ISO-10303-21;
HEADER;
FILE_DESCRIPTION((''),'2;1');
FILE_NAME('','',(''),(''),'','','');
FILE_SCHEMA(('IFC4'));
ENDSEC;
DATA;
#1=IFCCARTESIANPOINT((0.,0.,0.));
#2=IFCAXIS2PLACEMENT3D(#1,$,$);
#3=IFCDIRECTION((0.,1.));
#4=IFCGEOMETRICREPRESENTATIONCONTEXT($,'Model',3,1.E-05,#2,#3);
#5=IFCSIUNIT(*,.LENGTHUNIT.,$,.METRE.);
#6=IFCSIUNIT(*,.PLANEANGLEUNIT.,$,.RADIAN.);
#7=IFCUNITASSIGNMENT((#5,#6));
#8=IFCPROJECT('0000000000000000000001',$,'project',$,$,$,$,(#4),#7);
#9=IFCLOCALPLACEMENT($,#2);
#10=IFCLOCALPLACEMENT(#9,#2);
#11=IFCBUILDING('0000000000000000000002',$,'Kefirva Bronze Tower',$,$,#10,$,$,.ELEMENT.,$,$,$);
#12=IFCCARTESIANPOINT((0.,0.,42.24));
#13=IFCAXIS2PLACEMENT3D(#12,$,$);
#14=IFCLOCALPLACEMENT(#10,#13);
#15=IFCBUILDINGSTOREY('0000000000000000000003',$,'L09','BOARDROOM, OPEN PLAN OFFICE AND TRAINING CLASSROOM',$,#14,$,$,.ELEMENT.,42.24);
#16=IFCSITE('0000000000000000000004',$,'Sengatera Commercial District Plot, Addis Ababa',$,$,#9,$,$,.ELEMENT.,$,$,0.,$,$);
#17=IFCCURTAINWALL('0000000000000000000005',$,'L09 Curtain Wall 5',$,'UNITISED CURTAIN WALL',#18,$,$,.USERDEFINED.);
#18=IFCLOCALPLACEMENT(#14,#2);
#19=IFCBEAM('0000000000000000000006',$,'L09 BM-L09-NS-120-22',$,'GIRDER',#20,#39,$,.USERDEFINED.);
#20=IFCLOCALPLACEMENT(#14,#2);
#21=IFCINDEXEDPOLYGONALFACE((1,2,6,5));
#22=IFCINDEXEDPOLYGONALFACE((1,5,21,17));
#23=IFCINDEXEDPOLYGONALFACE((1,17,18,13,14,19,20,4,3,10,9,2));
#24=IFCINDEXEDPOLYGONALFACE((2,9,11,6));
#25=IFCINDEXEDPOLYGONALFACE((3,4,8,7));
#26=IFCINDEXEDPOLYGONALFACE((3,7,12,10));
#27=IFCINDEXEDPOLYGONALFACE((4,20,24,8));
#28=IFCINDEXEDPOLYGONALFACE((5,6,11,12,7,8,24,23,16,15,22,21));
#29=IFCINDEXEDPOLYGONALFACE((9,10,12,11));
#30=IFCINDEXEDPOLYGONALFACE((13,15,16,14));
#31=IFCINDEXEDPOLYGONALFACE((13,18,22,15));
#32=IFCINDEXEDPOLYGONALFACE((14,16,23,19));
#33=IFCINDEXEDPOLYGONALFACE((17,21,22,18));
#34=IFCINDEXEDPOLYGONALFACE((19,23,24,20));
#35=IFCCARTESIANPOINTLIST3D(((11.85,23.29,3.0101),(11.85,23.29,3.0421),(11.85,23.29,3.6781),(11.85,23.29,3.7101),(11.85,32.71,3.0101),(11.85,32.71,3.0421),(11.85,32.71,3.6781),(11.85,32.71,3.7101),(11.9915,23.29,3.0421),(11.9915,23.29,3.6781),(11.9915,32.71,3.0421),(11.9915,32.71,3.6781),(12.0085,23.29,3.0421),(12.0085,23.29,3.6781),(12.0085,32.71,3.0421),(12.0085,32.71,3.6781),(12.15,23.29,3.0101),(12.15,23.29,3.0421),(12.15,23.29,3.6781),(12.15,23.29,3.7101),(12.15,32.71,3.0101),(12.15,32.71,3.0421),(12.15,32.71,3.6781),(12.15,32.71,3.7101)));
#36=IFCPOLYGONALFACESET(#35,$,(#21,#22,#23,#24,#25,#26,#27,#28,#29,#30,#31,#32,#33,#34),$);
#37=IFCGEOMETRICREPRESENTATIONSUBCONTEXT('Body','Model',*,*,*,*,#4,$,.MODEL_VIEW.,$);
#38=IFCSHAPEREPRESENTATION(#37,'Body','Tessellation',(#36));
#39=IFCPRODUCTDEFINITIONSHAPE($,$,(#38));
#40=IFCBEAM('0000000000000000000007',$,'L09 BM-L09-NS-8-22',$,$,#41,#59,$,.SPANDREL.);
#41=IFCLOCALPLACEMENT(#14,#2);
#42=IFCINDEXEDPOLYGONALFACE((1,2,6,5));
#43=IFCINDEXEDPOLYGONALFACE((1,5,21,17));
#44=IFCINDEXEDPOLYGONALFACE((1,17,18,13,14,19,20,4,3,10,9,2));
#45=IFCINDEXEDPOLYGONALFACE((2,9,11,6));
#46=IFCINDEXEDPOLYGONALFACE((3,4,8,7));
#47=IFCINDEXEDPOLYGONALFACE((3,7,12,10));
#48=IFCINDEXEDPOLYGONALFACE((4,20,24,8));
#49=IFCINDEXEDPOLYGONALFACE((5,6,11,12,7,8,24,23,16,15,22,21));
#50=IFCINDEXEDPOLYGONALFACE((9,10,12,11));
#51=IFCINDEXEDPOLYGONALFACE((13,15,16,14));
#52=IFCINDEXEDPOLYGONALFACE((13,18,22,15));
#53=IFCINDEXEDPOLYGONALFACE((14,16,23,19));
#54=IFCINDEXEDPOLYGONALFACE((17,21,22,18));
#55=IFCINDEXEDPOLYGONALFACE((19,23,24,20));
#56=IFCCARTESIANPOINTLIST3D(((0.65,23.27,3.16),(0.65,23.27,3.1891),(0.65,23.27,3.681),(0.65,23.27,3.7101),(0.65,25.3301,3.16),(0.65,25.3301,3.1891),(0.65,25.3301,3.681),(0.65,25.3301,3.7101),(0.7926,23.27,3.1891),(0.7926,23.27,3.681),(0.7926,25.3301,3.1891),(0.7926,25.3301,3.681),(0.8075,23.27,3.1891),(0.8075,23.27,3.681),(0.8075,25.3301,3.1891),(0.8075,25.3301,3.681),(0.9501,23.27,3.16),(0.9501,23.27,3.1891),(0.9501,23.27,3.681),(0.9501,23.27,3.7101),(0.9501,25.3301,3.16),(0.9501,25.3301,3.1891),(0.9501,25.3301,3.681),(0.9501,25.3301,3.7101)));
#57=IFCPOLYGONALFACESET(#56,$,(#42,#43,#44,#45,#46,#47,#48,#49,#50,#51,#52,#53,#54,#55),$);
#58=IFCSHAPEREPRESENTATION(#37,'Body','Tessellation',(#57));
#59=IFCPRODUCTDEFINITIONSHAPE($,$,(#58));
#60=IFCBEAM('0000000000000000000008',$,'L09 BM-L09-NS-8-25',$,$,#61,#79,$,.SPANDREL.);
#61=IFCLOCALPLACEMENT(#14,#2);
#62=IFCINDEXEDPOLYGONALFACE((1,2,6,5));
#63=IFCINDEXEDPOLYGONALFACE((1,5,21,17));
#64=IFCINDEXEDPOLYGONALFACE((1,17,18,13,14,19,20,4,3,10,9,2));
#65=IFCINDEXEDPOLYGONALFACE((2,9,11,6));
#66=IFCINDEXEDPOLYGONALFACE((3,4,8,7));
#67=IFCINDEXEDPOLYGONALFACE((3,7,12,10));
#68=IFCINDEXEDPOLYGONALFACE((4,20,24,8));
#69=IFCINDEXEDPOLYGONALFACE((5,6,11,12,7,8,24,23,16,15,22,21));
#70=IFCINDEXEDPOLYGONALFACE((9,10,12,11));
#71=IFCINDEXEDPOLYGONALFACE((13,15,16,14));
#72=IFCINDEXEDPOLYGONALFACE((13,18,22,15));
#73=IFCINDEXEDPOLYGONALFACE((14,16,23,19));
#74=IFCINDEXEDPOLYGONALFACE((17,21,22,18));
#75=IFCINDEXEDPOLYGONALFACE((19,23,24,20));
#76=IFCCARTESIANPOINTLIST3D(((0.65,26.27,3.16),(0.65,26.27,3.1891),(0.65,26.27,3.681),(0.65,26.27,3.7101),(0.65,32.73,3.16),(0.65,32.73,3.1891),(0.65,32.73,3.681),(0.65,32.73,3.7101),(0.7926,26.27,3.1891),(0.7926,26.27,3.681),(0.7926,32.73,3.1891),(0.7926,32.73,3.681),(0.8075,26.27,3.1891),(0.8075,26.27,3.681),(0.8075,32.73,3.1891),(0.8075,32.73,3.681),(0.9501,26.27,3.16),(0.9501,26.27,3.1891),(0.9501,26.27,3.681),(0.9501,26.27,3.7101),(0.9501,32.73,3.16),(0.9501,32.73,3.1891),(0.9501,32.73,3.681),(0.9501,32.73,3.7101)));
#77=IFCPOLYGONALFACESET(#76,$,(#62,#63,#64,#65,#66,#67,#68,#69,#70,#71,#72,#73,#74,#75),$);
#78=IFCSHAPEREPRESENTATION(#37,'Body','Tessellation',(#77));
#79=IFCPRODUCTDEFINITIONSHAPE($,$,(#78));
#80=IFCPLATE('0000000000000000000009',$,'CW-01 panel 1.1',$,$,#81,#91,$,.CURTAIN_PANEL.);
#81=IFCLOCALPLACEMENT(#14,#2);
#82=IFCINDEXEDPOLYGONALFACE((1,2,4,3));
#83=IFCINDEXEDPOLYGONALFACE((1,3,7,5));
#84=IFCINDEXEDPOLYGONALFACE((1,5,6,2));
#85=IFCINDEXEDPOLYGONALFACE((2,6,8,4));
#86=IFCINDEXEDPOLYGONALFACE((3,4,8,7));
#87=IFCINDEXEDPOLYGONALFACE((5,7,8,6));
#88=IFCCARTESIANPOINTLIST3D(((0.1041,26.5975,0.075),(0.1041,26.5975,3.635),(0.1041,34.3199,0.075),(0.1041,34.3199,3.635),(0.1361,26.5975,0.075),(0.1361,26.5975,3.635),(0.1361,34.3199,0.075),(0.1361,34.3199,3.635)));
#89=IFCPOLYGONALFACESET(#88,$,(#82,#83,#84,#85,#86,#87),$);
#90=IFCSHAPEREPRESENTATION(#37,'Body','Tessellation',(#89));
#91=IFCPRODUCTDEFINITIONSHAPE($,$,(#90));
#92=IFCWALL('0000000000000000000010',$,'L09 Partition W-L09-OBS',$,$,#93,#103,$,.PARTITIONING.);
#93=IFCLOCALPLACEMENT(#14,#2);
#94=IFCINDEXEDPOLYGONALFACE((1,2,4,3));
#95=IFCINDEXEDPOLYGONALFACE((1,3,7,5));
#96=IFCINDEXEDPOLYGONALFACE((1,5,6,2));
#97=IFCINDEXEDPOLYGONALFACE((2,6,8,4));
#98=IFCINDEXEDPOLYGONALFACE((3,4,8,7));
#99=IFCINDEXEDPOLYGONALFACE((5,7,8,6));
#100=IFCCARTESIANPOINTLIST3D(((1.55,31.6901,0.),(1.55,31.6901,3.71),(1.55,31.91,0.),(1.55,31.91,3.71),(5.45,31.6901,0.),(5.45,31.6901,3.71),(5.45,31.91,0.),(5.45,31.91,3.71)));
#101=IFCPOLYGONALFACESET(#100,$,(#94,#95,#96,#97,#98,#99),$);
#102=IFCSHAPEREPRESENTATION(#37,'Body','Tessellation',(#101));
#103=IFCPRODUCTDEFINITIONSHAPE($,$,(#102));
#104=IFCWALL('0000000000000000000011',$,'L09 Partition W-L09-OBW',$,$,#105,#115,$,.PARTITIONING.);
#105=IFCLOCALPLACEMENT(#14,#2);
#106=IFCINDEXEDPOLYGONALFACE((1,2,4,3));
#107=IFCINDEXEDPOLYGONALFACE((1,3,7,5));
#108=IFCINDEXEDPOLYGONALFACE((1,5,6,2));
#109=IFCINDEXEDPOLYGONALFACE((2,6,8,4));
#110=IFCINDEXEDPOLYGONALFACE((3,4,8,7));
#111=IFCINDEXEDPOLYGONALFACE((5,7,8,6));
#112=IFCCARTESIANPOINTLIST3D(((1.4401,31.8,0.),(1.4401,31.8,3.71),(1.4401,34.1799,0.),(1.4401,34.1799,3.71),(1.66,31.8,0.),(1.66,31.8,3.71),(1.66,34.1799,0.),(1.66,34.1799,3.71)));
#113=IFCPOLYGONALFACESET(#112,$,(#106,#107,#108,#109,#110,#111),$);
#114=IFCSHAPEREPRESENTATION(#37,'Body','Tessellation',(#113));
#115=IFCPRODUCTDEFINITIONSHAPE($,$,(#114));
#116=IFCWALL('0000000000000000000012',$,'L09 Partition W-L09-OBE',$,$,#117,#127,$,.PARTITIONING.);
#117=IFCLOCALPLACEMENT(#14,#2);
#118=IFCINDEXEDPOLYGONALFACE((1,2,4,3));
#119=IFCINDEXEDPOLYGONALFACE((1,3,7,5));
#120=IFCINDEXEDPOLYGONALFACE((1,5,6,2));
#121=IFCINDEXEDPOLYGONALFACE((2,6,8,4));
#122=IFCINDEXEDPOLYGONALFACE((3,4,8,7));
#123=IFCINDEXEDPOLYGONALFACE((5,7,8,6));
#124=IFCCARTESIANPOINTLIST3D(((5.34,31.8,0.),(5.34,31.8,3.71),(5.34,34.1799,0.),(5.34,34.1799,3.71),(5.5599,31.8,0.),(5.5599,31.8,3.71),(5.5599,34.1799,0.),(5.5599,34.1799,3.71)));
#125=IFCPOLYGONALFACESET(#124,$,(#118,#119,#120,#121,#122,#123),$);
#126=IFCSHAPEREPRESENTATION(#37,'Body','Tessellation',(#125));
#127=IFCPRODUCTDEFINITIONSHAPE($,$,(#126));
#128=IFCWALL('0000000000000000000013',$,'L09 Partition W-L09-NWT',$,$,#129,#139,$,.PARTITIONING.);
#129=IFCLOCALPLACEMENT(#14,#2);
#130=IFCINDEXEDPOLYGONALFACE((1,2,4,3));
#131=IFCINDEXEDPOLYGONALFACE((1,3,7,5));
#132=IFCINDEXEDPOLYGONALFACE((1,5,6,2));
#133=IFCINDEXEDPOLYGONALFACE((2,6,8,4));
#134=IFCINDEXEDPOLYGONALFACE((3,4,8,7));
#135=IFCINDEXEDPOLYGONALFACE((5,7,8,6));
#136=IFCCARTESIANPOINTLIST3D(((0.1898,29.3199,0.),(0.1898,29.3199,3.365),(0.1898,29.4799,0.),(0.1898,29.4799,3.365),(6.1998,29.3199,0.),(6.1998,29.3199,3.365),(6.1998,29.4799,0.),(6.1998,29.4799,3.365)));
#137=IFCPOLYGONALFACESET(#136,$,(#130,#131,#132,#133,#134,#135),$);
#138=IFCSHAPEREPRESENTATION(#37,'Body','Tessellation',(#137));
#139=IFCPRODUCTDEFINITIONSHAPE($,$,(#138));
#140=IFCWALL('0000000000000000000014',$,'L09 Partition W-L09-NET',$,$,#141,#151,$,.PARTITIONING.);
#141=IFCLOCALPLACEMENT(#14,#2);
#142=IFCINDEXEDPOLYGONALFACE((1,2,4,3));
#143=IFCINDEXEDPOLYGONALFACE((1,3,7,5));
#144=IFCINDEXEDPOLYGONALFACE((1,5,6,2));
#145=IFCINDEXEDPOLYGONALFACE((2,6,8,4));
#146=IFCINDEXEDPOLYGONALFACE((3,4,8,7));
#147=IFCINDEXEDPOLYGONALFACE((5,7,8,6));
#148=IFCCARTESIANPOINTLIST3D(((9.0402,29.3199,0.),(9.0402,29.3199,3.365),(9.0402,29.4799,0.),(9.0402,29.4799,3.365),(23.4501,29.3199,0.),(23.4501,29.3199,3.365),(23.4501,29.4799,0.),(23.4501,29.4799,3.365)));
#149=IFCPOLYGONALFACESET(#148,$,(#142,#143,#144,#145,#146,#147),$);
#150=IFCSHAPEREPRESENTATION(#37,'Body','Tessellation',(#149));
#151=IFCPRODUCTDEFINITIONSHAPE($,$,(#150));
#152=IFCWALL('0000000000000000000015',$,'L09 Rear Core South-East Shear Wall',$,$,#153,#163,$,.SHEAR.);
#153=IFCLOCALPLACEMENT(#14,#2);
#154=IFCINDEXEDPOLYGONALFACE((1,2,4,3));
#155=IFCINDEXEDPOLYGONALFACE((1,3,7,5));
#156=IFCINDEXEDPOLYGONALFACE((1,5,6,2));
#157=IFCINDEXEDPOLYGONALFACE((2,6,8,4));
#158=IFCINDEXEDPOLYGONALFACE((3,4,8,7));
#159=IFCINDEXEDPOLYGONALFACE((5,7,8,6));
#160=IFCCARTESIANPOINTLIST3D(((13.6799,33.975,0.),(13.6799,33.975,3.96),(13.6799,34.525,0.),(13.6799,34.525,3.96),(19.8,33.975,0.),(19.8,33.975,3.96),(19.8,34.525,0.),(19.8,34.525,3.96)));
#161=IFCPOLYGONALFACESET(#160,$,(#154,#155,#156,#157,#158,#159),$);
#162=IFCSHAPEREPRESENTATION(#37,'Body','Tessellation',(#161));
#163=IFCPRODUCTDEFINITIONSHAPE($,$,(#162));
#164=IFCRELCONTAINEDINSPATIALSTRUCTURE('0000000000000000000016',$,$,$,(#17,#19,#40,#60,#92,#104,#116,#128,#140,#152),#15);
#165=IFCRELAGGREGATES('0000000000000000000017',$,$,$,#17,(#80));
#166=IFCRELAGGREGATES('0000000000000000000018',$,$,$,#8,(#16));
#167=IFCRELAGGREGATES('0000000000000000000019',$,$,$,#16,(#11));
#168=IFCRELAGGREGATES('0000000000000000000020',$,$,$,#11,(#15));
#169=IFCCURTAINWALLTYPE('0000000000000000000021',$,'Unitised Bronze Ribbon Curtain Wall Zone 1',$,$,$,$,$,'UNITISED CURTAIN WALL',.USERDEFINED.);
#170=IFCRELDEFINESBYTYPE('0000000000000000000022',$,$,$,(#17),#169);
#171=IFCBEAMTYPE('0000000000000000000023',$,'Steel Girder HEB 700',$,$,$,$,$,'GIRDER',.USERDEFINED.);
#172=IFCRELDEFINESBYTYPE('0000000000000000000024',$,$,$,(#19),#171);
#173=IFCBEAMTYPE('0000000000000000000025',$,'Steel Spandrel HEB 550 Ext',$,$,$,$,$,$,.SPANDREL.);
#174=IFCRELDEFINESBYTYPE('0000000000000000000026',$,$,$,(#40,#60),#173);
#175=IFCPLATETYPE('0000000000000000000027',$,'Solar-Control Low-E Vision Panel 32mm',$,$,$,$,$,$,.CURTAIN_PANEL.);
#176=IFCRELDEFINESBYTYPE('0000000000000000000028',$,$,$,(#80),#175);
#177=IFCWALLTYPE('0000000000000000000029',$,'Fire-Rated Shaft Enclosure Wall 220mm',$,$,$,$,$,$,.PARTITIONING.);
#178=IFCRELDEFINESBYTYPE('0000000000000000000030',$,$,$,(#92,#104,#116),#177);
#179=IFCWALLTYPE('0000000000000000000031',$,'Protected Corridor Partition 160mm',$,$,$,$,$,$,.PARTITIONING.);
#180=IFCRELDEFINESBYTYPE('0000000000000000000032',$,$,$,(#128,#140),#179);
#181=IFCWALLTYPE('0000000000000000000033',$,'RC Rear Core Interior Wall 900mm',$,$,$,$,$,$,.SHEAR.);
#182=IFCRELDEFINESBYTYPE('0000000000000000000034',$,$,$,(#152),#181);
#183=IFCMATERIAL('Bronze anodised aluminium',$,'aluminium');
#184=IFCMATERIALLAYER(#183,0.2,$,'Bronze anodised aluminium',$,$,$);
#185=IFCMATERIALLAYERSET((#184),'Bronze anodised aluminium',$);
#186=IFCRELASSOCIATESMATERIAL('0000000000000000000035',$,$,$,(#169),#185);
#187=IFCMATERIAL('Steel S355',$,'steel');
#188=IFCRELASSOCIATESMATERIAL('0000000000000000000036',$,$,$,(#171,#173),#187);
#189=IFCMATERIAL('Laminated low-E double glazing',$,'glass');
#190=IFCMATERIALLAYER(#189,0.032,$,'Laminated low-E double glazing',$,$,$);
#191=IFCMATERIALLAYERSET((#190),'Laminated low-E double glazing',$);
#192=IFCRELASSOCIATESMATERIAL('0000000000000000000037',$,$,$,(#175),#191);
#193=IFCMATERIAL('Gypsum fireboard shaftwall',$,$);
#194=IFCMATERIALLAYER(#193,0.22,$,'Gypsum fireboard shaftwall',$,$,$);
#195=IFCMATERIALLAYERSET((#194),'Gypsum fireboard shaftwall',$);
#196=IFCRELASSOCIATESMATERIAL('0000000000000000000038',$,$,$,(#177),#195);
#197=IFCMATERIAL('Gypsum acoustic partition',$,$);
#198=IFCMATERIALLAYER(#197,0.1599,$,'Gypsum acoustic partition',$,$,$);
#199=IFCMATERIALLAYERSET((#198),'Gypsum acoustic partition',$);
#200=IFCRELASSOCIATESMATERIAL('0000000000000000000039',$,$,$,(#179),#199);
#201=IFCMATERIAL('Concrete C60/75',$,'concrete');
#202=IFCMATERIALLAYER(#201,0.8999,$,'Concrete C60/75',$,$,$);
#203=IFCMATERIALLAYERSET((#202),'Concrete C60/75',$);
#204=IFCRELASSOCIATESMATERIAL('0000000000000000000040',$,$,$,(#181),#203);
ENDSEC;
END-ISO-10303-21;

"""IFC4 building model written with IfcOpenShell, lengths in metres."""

from ifc_helpers import new_model, si_unit, direction, frame, frame_2d, origin, origin_2d, place, context, subcontext, project, spatial, rectangle, i_section, extrude, material, layer, layer_set, material_profile, profile_set, type_object, element, aggregate, save


model = new_model("IFC4")

# Units and contexts
model_context = context("Model", 3, precision=1e-05, world=origin(), true_north=direction((0.0, 1.0)))
body_context = subcontext(model_context, "Body", "Model", "MODEL_VIEW")
ifc_project = project(units=[si_unit("LENGTHUNIT", "METRE"), si_unit("PLANEANGLEUNIT", "RADIAN")], contexts=[model_context])

# Site, building, storey
site_placement = place(None, origin())
site = spatial("IfcSite", under=ifc_project, at=site_placement, Name="Sengatera Commercial District Plot, Addis Ababa", CompositionType="ELEMENT", RefElevation=0.0)
building_placement = place(site_placement, origin())
building = spatial("IfcBuilding", under=site, at=building_placement, Name="Kefirva Bronze Tower", CompositionType="ELEMENT")
storey_placement = place(building_placement, frame((0.0, 0.0, 42.24)))
storey = spatial("IfcBuildingStorey", under=building, at=storey_placement, Name="L09", Description="BOARDROOM, OPEN PLAN OFFICE AND TRAINING CLASSROOM", CompositionType="ELEMENT", Elevation=42.24)

# Shared definitions
ifc_material_1 = material(Name="Concrete C60/75", Category="concrete")

# Curtain wall
ifc_material_2 = material(Name="Bronze anodised aluminium", Category="aluminium")
ifc_layer_1 = layer(ifc_material_2, 0.2, Name="Bronze anodised aluminium")
ifc_layer_set_1 = layer_set([ifc_layer_1], Name="Bronze anodised aluminium")
curtain_wall_type = type_object("IfcCurtainWallType", Name="Unitised Bronze Ribbon Curtain Wall Zone 1", ElementType="UNITISED CURTAIN WALL", PredefinedType="USERDEFINED", material=ifc_layer_set_1)
curtain_wall_placement = place(storey_placement, origin())
curtain_wall = element("IfcCurtainWall", 1, at=curtain_wall_placement, inside=storey, type_object=curtain_wall_type, Name="L09 Curtain Wall 5", ObjectType="UNITISED CURTAIN WALL", PredefinedType="USERDEFINED")

# Beams
ifc_material_3 = material(Name="Steel S355", Category="steel")
ifc_material_profile_1 = material_profile(ifc_material_3, i_section(OverallWidth=0.3, OverallDepth=0.7, WebThickness=0.0171, FlangeThickness=0.032, at=origin_2d()), Name="HEB 700")
ifc_profile_set_1 = profile_set([ifc_material_profile_1], Name="Steel S355")
beam_type_1 = type_object("IfcBeamType", Name="Steel Girder HEB 700", ElementType="GIRDER", PredefinedType="USERDEFINED", material=ifc_profile_set_1)
beam_1_placement = place(storey_placement, frame((12.0, 23.29, 3.3601), z_axis=(0.0, 1.0, 0.0), x_axis=(-1.0, 0.0, 0.0)))
element("IfcBeam", 2, at=beam_1_placement, inside=storey, type_object=beam_type_1, Name="L09 BM-L09-NS-120-22", ObjectType="GIRDER", PredefinedType="USERDEFINED", context=body_context, shape_type="SweptSolid", body=[
    extrude(i_section(OverallWidth=0.3, OverallDepth=0.7, WebThickness=0.0171, FlangeThickness=0.032, at=origin_2d()), origin(), (0.0, 0.0, 1.0), 9.4199),
])
ifc_material_profile_2 = material_profile(ifc_material_3, i_section(OverallWidth=0.3, OverallDepth=0.55, WebThickness=0.0149, FlangeThickness=0.0291, at=origin_2d()), Name="HEB 550")
ifc_profile_set_2 = profile_set([ifc_material_profile_2], Name="Steel S355")
beam_type_2 = type_object("IfcBeamType", Name="Steel Spandrel HEB 550 Ext", PredefinedType="SPANDREL", material=ifc_profile_set_2)
beam_2_placement = place(storey_placement, frame((0.8, 23.27, 3.4351), z_axis=(0.0, 1.0, 0.0), x_axis=(-1.0, 0.0, 0.0)))
element("IfcBeam", 3, at=beam_2_placement, inside=storey, type_object=beam_type_2, Name="L09 BM-L09-NS-8-22", PredefinedType="SPANDREL", context=body_context, shape_type="SweptSolid", body=[
    extrude(i_section(OverallWidth=0.3, OverallDepth=0.55, WebThickness=0.0149, FlangeThickness=0.0291, at=origin_2d()), origin(), (0.0, 0.0, 1.0), 2.0601),
])
beam_3_placement = place(storey_placement, frame((0.8, 26.27, 3.4351), z_axis=(0.0, 1.0, 0.0), x_axis=(-1.0, 0.0, 0.0)))
element("IfcBeam", 4, at=beam_3_placement, inside=storey, type_object=beam_type_2, Name="L09 BM-L09-NS-8-25", PredefinedType="SPANDREL", context=body_context, shape_type="SweptSolid", body=[
    extrude(i_section(OverallWidth=0.3, OverallDepth=0.55, WebThickness=0.0149, FlangeThickness=0.0291, at=origin_2d()), origin(), (0.0, 0.0, 1.0), 6.46),
])

# Plate
ifc_material_4 = material(Name="Laminated low-E double glazing", Category="glass")
ifc_layer_2 = layer(ifc_material_4, 0.032, Name="Laminated low-E double glazing")
ifc_layer_set_2 = layer_set([ifc_layer_2], Name="Laminated low-E double glazing")
plate_type = type_object("IfcPlateType", Name="Solar-Control Low-E Vision Panel 32mm", PredefinedType="CURTAIN_PANEL", material=ifc_layer_set_2)
plate_placement = place(storey_placement, frame((0.1201, 30.4587, 0.075), z_axis=(0.0, 0.0, 1.0), x_axis=(0.0, -1.0, 0.0)))
plate = element("IfcPlate", 5, at=plate_placement, type_object=plate_type, Name="CW-01 panel 1.1", PredefinedType="CURTAIN_PANEL", context=body_context, shape_type="SweptSolid", body=[
    extrude(rectangle(XDim=7.7224, YDim=0.032, at=origin_2d()), origin(), (0.0, 0.0, 1.0), 3.5601),
])
aggregate(curtain_wall, [plate])

# Walls
ifc_material_5 = material(Name="Gypsum fireboard shaftwall")
ifc_layer_3 = layer(ifc_material_5, 0.22, Name="Gypsum fireboard shaftwall")
ifc_layer_set_3 = layer_set([ifc_layer_3], Name="Gypsum fireboard shaftwall")
wall_type_1 = type_object("IfcWallType", Name="Fire-Rated Shaft Enclosure Wall 220mm", PredefinedType="PARTITIONING", material=ifc_layer_set_3)
wall_1_placement = place(storey_placement, frame((1.55, 31.8, 0.0), z_axis=(0.0, 0.0, 1.0), x_axis=(1.0, 0.0, 0.0)))
element("IfcWall", 6, at=wall_1_placement, inside=storey, type_object=wall_type_1, Name="L09 Partition W-L09-OBS", PredefinedType="PARTITIONING", context=body_context, shape_type="SweptSolid", body=[
    extrude(rectangle(XDim=3.8999, YDim=0.22, at=frame_2d((1.95, 0.0))), origin(), (0.0, 0.0, 1.0), 3.71),
])
for number, where, z_axis, x_axis, name in (
    (7, (1.55, 31.8, 0.0), (0.0, 0.0, 1.0), (0.0, 1.0, 0.0), "L09 Partition W-L09-OBW"),
    (8, (5.45, 31.8, 0.0), (0.0, 0.0, 1.0), (0.0, 1.0, 0.0), "L09 Partition W-L09-OBE"),
):
    element("IfcWall", number, at=place(storey_placement, frame(where, z_axis=z_axis, x_axis=x_axis)), inside=storey, type_object=wall_type_1, Name=name, PredefinedType="PARTITIONING", context=body_context, shape_type="SweptSolid", body=[
        extrude(rectangle(XDim=2.3799, YDim=0.22, at=frame_2d((1.1899, 0.0))), origin(), (0.0, 0.0, 1.0), 3.71),
    ])
ifc_material_6 = material(Name="Gypsum acoustic partition")
ifc_layer_4 = layer(ifc_material_6, 0.1599, Name="Gypsum acoustic partition")
ifc_layer_set_4 = layer_set([ifc_layer_4], Name="Gypsum acoustic partition")
wall_type_2 = type_object("IfcWallType", Name="Protected Corridor Partition 160mm", PredefinedType="PARTITIONING", material=ifc_layer_set_4)
wall_2_placement = place(storey_placement, frame((0.1899, 29.3999, 0.0), z_axis=(0.0, 0.0, 1.0), x_axis=(1.0, 0.0, 0.0)))
element("IfcWall", 9, at=wall_2_placement, inside=storey, type_object=wall_type_2, Name="L09 Partition W-L09-NWT", PredefinedType="PARTITIONING", context=body_context, shape_type="SweptSolid", body=[
    extrude(rectangle(XDim=6.01, YDim=0.1599, at=frame_2d((3.0049, 0.0))), origin(), (0.0, 0.0, 1.0), 3.365),
])
wall_3_placement = place(storey_placement, frame((9.04, 29.3999, 0.0), z_axis=(0.0, 0.0, 1.0), x_axis=(1.0, 0.0, 0.0)))
element("IfcWall", 10, at=wall_3_placement, inside=storey, type_object=wall_type_2, Name="L09 Partition W-L09-NET", PredefinedType="PARTITIONING", context=body_context, shape_type="SweptSolid", body=[
    extrude(rectangle(XDim=14.4099, YDim=0.1599, at=frame_2d((7.2051, 0.0))), origin(), (0.0, 0.0, 1.0), 3.365),
])

# Shared definitions
ifc_layer_5 = layer(ifc_material_1, 0.8999, Name="Concrete C60/75")
ifc_layer_set_5 = layer_set([ifc_layer_5], Name="Concrete C60/75")
wall_type_3 = type_object("IfcWallType", Name="RC Rear Core Interior Wall 900mm", PredefinedType="SHEAR", material=ifc_layer_set_5)

# Wall
wall_4_placement = place(storey_placement, frame((13.6799, 34.25, 0.0), z_axis=(0.0, 0.0, 1.0), x_axis=(1.0, 0.0, 0.0)))
element("IfcWall", 11, at=wall_4_placement, inside=storey, type_object=wall_type_3, Name="L09 Rear Core South-East Shear Wall", PredefinedType="SHEAR", context=body_context, shape_type="SweptSolid", body=[
    extrude(rectangle(XDim=6.1201, YDim=0.55, at=frame_2d((3.0601, 0.0))), origin(), (0.0, 0.0, 1.0), 3.96),
])

save(model, "model.ifc")
